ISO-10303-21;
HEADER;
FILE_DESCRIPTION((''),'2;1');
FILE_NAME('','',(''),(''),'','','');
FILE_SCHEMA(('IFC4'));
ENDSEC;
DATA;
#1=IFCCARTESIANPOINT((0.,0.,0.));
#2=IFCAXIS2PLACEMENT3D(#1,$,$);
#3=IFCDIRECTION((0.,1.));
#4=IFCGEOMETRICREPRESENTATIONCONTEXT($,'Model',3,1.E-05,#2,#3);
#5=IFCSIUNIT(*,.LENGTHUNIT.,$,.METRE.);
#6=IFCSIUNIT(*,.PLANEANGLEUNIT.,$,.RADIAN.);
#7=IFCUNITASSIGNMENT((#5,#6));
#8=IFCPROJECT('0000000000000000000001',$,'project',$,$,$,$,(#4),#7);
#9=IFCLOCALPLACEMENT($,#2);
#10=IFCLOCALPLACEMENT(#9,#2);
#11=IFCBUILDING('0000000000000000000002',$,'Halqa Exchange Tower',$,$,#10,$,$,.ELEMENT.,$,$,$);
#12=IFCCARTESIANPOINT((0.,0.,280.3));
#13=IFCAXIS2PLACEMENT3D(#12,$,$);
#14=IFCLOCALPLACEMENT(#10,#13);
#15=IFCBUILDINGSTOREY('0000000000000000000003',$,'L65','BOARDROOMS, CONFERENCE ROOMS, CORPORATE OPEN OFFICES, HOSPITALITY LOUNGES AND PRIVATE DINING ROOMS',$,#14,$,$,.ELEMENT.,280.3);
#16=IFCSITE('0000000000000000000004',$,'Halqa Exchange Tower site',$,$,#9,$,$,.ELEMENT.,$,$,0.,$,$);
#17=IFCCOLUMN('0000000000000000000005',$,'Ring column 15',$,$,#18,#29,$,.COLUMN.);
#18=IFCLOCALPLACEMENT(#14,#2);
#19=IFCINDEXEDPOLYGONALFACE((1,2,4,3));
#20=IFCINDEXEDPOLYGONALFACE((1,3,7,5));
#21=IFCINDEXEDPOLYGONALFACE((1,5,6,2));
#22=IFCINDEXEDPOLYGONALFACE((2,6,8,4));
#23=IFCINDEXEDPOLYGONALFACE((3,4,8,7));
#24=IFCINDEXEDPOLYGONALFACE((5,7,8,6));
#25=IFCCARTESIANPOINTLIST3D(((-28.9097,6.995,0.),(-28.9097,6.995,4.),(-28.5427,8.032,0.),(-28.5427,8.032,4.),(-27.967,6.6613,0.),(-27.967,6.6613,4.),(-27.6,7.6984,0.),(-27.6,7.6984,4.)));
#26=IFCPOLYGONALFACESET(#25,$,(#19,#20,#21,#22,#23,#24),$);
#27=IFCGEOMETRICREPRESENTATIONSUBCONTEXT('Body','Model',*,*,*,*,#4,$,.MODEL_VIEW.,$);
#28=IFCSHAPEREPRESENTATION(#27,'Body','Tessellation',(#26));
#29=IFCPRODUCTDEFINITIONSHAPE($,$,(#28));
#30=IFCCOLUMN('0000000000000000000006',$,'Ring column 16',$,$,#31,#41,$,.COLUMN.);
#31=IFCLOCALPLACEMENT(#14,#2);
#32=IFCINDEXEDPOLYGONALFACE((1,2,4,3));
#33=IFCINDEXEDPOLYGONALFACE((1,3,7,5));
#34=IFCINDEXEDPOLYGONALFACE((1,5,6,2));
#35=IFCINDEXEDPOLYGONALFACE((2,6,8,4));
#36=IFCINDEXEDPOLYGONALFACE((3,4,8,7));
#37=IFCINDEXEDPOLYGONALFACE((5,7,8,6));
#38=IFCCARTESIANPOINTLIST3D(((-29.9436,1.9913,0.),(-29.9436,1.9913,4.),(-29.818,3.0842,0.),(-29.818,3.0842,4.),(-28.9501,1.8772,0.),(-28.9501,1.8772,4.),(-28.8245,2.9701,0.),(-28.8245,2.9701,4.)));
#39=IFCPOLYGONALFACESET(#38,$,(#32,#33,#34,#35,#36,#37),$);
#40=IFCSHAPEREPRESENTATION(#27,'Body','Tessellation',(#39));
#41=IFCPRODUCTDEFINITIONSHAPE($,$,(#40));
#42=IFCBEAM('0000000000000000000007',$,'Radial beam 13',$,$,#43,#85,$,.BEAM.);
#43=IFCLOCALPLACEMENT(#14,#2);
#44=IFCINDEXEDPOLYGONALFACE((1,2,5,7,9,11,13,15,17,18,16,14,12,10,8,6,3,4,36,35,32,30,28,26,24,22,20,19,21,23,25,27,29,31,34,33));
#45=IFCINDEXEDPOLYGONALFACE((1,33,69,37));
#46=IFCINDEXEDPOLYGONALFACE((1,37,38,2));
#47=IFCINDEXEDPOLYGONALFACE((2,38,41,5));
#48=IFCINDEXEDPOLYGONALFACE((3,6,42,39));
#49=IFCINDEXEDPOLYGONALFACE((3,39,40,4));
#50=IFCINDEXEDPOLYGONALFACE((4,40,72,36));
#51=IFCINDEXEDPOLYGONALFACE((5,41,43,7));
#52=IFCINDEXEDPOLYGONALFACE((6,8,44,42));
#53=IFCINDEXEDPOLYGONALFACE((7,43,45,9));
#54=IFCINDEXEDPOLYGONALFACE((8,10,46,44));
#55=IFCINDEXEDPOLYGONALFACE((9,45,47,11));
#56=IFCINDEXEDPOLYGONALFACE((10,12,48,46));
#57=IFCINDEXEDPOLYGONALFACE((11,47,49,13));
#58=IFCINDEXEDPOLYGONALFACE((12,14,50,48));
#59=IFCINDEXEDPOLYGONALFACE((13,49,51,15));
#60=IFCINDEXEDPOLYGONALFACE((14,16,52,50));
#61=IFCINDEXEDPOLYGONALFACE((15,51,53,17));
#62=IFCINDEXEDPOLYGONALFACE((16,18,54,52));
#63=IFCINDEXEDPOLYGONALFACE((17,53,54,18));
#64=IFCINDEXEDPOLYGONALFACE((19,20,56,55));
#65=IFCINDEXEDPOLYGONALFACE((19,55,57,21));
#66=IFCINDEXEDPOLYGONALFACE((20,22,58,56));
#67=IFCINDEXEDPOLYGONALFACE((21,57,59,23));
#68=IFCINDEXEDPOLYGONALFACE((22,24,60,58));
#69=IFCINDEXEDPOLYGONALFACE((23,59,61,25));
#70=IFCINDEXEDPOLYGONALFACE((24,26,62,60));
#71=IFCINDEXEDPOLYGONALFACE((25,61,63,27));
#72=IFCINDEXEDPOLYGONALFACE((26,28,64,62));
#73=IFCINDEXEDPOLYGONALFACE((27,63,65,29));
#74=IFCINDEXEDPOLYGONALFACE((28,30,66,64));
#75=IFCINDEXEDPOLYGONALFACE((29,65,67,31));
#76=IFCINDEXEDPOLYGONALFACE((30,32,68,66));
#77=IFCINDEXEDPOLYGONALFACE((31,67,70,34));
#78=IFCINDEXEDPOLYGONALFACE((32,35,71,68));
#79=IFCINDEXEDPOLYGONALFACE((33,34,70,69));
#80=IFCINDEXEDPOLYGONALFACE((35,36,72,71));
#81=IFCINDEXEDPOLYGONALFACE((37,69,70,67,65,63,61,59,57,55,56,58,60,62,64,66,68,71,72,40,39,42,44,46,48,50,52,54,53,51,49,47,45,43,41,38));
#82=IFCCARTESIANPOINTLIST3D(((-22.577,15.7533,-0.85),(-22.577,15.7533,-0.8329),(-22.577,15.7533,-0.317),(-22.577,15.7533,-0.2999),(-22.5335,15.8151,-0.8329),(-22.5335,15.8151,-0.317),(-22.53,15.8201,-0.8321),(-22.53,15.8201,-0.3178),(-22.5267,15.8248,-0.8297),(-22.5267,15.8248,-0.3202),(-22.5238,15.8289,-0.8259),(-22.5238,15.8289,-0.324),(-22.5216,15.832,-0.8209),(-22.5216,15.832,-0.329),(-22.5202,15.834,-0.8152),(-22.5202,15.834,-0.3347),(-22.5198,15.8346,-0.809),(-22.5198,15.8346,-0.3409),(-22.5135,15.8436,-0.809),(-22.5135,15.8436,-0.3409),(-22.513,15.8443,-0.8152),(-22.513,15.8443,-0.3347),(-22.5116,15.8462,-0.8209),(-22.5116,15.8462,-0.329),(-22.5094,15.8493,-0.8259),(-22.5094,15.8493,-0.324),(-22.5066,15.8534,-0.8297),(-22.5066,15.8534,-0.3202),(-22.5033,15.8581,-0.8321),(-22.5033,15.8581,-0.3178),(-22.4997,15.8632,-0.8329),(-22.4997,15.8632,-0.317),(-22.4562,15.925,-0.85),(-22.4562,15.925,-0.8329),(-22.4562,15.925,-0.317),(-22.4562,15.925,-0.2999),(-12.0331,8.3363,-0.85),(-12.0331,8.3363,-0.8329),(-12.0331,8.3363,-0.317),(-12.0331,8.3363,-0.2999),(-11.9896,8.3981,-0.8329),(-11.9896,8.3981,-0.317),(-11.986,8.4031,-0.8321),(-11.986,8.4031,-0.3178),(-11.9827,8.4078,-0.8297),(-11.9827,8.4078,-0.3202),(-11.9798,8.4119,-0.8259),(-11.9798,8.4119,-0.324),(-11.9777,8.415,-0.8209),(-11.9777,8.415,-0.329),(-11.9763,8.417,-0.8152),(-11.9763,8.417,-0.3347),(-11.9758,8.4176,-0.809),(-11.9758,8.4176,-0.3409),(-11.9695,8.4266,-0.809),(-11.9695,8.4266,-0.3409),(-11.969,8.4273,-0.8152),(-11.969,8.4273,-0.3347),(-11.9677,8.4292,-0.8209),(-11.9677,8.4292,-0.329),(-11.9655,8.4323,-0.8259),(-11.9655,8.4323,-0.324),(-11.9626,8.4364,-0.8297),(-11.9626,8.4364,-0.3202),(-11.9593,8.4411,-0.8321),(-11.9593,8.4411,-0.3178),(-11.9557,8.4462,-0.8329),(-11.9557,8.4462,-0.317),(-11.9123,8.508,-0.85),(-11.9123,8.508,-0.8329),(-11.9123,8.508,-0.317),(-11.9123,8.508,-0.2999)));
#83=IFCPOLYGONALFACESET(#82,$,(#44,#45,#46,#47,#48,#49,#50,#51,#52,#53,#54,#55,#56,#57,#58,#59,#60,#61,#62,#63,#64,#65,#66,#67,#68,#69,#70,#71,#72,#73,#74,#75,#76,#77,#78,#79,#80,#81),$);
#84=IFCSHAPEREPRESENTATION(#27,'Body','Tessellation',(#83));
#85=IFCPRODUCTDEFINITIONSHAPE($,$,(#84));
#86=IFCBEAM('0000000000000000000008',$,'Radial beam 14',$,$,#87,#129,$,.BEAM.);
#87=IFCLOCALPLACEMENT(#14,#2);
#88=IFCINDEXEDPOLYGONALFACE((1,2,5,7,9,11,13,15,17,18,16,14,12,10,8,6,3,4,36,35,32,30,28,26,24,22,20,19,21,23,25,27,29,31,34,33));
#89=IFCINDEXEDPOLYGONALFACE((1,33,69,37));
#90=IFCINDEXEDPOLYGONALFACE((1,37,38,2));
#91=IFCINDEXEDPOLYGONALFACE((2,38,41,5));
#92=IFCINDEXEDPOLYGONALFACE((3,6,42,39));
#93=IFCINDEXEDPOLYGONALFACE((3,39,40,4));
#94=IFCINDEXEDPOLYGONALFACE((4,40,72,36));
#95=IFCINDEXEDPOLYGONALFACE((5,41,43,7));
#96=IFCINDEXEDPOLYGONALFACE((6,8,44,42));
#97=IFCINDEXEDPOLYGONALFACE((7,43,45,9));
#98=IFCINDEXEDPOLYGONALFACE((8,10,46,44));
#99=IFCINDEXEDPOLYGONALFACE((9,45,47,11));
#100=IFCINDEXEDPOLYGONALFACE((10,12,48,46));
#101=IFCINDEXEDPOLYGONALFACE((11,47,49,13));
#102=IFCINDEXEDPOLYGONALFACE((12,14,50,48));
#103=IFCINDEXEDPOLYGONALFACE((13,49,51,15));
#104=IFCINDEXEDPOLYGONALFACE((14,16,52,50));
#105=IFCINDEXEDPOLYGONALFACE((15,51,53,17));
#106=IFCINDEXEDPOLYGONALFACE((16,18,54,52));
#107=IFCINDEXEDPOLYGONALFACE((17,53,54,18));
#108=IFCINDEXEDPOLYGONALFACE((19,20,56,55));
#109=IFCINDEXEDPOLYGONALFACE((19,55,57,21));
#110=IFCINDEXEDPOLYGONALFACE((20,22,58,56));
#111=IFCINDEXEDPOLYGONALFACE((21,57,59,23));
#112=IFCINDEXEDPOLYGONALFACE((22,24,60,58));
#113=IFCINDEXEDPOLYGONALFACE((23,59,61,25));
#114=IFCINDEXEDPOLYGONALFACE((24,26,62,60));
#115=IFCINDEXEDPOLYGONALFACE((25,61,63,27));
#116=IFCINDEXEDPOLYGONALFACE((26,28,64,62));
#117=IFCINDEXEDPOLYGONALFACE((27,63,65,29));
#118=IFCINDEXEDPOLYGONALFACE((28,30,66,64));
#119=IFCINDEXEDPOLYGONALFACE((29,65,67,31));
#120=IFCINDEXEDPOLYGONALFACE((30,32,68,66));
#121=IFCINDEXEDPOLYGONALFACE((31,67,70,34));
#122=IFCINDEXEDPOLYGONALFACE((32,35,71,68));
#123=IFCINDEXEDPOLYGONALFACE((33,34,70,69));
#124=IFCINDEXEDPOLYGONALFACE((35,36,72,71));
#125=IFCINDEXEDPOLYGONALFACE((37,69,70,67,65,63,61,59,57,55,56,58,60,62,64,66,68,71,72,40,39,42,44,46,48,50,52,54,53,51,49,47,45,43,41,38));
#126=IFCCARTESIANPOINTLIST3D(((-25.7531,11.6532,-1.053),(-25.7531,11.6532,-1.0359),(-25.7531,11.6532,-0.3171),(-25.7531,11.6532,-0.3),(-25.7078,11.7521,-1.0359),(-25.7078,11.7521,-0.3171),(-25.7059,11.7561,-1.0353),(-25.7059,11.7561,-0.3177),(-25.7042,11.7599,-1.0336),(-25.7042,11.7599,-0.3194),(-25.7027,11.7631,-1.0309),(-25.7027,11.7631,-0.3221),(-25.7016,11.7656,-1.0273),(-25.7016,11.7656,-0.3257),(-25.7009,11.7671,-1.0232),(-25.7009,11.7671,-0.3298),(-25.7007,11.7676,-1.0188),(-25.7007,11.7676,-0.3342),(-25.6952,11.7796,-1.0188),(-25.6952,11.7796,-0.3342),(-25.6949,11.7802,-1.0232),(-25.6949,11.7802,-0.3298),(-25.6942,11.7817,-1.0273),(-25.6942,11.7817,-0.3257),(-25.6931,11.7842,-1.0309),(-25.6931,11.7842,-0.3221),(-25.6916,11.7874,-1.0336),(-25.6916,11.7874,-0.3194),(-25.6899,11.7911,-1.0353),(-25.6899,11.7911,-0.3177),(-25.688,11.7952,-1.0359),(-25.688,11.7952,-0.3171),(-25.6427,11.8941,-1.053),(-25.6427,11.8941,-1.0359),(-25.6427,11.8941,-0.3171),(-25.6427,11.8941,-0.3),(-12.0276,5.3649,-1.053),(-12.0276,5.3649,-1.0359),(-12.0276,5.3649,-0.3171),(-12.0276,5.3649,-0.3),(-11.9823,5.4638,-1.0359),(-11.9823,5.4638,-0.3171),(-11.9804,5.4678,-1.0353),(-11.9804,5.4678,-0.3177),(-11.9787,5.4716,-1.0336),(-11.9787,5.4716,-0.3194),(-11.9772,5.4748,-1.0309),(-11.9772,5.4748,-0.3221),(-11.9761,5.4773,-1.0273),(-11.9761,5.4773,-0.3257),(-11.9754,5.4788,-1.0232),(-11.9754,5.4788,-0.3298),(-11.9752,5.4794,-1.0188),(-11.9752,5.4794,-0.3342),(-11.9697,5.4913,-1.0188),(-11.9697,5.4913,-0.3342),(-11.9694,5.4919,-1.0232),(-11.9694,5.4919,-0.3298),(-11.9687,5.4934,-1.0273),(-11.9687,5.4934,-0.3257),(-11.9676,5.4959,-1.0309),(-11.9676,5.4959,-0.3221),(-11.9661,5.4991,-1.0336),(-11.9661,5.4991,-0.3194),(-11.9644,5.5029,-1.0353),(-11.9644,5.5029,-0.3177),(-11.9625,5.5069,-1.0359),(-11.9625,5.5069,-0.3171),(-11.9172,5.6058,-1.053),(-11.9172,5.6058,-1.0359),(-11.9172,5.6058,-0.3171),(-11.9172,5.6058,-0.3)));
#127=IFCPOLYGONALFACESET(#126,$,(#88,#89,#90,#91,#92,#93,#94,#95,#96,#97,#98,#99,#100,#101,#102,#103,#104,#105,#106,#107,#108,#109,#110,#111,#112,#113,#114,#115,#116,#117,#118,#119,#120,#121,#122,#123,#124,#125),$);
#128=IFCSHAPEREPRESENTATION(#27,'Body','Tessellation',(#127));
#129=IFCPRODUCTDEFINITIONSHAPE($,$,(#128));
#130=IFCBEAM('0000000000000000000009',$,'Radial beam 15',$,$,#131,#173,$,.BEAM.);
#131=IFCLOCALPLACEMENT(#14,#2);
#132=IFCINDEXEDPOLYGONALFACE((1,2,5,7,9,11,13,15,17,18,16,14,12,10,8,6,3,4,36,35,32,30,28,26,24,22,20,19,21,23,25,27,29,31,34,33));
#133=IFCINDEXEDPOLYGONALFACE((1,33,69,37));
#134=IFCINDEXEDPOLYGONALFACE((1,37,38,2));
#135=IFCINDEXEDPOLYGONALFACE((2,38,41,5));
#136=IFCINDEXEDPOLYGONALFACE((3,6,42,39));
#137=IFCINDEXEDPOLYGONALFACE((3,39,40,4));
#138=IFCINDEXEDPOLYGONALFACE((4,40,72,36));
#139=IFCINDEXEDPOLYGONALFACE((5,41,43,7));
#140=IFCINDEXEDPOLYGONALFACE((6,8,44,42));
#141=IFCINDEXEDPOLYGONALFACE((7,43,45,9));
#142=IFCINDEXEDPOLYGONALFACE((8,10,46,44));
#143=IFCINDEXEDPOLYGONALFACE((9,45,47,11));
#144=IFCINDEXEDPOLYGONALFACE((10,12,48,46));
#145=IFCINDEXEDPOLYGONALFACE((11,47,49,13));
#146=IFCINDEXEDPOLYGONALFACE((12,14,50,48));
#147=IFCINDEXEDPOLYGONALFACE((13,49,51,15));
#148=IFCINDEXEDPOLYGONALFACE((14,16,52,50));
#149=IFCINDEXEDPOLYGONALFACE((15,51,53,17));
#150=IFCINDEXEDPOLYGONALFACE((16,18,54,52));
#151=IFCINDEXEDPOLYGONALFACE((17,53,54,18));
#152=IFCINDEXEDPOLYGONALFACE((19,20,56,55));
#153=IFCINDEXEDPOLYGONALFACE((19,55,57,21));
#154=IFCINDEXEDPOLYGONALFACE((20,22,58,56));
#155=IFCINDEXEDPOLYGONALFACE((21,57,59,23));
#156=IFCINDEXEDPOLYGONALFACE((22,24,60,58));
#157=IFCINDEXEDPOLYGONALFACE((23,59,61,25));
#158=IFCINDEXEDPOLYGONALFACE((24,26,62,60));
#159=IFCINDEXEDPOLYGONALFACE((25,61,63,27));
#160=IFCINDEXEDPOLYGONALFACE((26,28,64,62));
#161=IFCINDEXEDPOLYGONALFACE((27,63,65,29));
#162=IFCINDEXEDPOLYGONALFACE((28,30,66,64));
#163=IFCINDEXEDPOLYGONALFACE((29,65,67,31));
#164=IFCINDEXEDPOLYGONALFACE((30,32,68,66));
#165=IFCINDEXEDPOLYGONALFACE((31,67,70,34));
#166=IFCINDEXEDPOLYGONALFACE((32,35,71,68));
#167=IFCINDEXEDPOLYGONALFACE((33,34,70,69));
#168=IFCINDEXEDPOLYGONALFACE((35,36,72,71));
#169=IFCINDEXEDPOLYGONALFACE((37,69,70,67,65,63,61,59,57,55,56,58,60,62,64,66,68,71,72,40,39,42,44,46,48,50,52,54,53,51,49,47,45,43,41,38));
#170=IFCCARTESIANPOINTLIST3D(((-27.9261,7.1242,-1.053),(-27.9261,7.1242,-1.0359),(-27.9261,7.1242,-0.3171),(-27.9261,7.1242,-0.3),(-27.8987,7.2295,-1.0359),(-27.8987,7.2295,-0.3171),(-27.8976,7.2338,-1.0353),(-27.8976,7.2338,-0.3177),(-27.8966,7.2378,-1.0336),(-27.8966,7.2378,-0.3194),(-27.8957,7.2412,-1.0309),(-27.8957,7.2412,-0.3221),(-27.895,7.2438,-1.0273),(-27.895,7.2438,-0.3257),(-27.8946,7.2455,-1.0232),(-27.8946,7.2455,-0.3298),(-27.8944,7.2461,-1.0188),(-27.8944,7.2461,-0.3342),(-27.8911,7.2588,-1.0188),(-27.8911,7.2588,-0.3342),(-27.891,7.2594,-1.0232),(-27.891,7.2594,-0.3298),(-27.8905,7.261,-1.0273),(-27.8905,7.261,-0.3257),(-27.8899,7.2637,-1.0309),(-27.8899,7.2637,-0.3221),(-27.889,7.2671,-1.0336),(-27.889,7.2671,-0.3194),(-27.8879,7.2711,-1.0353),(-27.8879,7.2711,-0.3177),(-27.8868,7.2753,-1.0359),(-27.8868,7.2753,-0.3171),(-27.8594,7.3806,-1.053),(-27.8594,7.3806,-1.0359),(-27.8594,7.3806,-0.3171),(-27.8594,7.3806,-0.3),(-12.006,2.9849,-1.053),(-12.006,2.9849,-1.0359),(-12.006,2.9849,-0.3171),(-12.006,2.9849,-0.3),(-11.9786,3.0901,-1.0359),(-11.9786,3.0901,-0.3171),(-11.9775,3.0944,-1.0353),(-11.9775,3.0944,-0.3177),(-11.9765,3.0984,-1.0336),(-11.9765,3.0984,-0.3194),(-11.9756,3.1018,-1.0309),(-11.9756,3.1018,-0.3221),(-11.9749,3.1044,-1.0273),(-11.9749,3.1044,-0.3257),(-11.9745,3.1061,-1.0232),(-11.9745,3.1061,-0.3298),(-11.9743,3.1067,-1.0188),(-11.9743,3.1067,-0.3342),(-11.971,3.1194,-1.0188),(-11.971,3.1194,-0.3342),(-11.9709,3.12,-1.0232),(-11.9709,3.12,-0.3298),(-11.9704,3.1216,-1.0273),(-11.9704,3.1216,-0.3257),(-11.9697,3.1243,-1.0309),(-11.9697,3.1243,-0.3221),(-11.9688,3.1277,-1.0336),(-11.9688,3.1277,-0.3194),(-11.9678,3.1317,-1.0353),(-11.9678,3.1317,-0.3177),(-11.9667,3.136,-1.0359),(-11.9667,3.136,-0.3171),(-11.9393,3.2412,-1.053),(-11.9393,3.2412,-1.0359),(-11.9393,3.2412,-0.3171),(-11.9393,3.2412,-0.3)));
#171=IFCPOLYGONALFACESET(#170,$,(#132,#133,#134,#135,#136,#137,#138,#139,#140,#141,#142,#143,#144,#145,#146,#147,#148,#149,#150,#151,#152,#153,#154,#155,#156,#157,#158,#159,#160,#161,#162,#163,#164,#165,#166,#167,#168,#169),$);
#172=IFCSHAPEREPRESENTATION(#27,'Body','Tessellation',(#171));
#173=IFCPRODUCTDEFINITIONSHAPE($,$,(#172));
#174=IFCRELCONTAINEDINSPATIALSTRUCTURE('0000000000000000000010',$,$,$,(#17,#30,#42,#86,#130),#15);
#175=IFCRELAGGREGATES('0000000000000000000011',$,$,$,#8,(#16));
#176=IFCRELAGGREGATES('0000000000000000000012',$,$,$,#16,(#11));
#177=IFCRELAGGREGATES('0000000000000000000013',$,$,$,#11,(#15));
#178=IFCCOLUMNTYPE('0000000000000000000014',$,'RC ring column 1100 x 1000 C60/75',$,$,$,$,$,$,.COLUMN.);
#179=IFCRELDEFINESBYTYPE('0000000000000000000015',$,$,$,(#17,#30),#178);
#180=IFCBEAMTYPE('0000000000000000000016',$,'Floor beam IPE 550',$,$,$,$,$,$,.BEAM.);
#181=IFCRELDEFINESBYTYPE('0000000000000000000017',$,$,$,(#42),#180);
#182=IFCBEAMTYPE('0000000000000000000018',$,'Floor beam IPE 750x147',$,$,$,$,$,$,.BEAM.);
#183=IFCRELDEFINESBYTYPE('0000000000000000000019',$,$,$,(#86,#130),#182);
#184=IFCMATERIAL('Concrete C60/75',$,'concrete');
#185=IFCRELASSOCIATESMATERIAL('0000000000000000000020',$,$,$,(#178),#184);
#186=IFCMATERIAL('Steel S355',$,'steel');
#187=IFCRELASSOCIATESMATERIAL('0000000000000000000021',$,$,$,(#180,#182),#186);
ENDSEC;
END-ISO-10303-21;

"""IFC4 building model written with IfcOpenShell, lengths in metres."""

from ifc_helpers import new_model, si_unit, direction, frame, origin, origin_2d, place, context, subcontext, project, spatial, rectangle, i_section, extrude, material, material_profile, profile_set, type_object, element, save


model = new_model("IFC4")

# Units and contexts
model_context = context("Model", 3, precision=1e-05, world=origin(), true_north=direction((0.0, 1.0)))
body_context = subcontext(model_context, "Body", "Model", "MODEL_VIEW")
ifc_project = project(units=[si_unit("LENGTHUNIT", "METRE"), si_unit("PLANEANGLEUNIT", "RADIAN")], contexts=[model_context])

# Site, building, storey
site_placement = place(None, origin())
site = spatial("IfcSite", under=ifc_project, at=site_placement, Name="Halqa Exchange Tower site", CompositionType="ELEMENT", RefElevation=0.0)
building_placement = place(site_placement, origin())
building = spatial("IfcBuilding", under=site, at=building_placement, Name="Halqa Exchange Tower", CompositionType="ELEMENT")
storey_placement = place(building_placement, frame((0.0, 0.0, 280.3)))
storey = spatial("IfcBuildingStorey", under=building, at=storey_placement, Name="L65", Description="BOARDROOMS, CONFERENCE ROOMS, CORPORATE OPEN OFFICES, HOSPITALITY LOUNGES AND PRIVATE DINING ROOMS", CompositionType="ELEMENT", Elevation=280.3)

# Columns
ifc_material_1 = material(Name="Concrete C60/75", Category="concrete")
ifc_material_profile_1 = material_profile(ifc_material_1, rectangle(XDim=1.1001, YDim=1.0, at=origin_2d()), Name="1100 x 1000")
ifc_profile_set_1 = profile_set([ifc_material_profile_1], Name="Concrete C60/75")
column_type = type_object("IfcColumnType", Name="RC ring column 1100 x 1000 C60/75", PredefinedType="COLUMN", material=ifc_profile_set_1)
for number, where, z_axis, x_axis, name in (
    (1, (-28.2549, 7.3467, 0.0), (0.0, 0.0, 1.0), (-0.333619, -0.942708, 0.0), "Ring column 15"),
    (2, (-29.384, 2.4807, 0.0), (0.0, 0.0, 1.0), (-0.114155, -0.993463, 0.0), "Ring column 16"),
):
    element("IfcColumn", number, at=place(storey_placement, frame(where, z_axis=z_axis, x_axis=x_axis)), inside=storey, type_object=column_type, Name=name, PredefinedType="COLUMN", context=body_context, shape_type="SweptSolid", body=[
        extrude(rectangle(XDim=1.1001, YDim=1.0, at=origin_2d()), origin(), (0.0, 0.0, 1.0), 4.0),
    ])

# Beams
ifc_material_2 = material(Name="Steel S355", Category="steel")
ifc_material_profile_2 = material_profile(ifc_material_2, i_section(OverallWidth=0.21, OverallDepth=0.55, WebThickness=0.011, FlangeThickness=0.0171, FilletRadius=0.0239, at=origin_2d()), Name="IPE 550")
ifc_profile_set_2 = profile_set([ifc_material_profile_2], Name="Steel S355")
beam_type_1 = type_object("IfcBeamType", Name="Floor beam IPE 550", PredefinedType="BEAM", material=ifc_profile_set_2)
beam_1_placement = place(storey_placement, frame((-11.9727, 8.4221, -0.575), z_axis=(-0.817909, 0.575347, 0.0), x_axis=(-0.575347, -0.817909, 0.0)))
element("IfcBeam", 3, at=beam_1_placement, inside=storey, type_object=beam_type_1, Name="Radial beam 13", PredefinedType="BEAM", context=body_context, shape_type="SweptSolid", body=[
    extrude(i_section(OverallWidth=0.21, OverallDepth=0.55, WebThickness=0.011, FlangeThickness=0.0171, FilletRadius=0.0239, at=origin_2d()), origin(), (0.0, 0.0, 1.0), 12.8914),
])
ifc_material_profile_3 = material_profile(ifc_material_2, i_section(OverallWidth=0.2649, OverallDepth=0.7529, WebThickness=0.0132, FlangeThickness=0.0171, FilletRadius=0.0171, at=origin_2d()), Name="IPE 750x147")
ifc_profile_set_3 = profile_set([ifc_material_profile_3], Name="Steel S355")
beam_type_2 = type_object("IfcBeamType", Name="Floor beam IPE 750x147", PredefinedType="BEAM", material=ifc_profile_set_3)
beam_2_placement = place(storey_placement, frame((-11.9724, 5.4854, -0.6765), z_axis=(-0.909129, 0.416514, 0.0), x_axis=(-0.416514, -0.909129, 0.0)))
element("IfcBeam", 4, at=beam_2_placement, inside=storey, type_object=beam_type_2, Name="Radial beam 14", PredefinedType="BEAM", context=body_context, shape_type="SweptSolid", body=[
    extrude(i_section(OverallWidth=0.2649, OverallDepth=0.7529, WebThickness=0.0132, FlangeThickness=0.0171, FilletRadius=0.0171, at=origin_2d()), origin(), (0.0, 0.0, 1.0), 15.0974),
])
beam_3_placement = place(storey_placement, frame((-11.9727, 3.113, -0.6765), z_axis=(-0.96782, 0.251643, 0.0), x_axis=(-0.251643, -0.96782, 0.0)))
element("IfcBeam", 5, at=beam_3_placement, inside=storey, type_object=beam_type_2, Name="Radial beam 15", PredefinedType="BEAM", context=body_context, shape_type="SweptSolid", body=[
    extrude(i_section(OverallWidth=0.2649, OverallDepth=0.7529, WebThickness=0.0132, FlangeThickness=0.0171, FilletRadius=0.0171, at=origin_2d()), origin(), (0.0, 0.0, 1.0), 16.4495),
])

save(model, "model.ifc")
